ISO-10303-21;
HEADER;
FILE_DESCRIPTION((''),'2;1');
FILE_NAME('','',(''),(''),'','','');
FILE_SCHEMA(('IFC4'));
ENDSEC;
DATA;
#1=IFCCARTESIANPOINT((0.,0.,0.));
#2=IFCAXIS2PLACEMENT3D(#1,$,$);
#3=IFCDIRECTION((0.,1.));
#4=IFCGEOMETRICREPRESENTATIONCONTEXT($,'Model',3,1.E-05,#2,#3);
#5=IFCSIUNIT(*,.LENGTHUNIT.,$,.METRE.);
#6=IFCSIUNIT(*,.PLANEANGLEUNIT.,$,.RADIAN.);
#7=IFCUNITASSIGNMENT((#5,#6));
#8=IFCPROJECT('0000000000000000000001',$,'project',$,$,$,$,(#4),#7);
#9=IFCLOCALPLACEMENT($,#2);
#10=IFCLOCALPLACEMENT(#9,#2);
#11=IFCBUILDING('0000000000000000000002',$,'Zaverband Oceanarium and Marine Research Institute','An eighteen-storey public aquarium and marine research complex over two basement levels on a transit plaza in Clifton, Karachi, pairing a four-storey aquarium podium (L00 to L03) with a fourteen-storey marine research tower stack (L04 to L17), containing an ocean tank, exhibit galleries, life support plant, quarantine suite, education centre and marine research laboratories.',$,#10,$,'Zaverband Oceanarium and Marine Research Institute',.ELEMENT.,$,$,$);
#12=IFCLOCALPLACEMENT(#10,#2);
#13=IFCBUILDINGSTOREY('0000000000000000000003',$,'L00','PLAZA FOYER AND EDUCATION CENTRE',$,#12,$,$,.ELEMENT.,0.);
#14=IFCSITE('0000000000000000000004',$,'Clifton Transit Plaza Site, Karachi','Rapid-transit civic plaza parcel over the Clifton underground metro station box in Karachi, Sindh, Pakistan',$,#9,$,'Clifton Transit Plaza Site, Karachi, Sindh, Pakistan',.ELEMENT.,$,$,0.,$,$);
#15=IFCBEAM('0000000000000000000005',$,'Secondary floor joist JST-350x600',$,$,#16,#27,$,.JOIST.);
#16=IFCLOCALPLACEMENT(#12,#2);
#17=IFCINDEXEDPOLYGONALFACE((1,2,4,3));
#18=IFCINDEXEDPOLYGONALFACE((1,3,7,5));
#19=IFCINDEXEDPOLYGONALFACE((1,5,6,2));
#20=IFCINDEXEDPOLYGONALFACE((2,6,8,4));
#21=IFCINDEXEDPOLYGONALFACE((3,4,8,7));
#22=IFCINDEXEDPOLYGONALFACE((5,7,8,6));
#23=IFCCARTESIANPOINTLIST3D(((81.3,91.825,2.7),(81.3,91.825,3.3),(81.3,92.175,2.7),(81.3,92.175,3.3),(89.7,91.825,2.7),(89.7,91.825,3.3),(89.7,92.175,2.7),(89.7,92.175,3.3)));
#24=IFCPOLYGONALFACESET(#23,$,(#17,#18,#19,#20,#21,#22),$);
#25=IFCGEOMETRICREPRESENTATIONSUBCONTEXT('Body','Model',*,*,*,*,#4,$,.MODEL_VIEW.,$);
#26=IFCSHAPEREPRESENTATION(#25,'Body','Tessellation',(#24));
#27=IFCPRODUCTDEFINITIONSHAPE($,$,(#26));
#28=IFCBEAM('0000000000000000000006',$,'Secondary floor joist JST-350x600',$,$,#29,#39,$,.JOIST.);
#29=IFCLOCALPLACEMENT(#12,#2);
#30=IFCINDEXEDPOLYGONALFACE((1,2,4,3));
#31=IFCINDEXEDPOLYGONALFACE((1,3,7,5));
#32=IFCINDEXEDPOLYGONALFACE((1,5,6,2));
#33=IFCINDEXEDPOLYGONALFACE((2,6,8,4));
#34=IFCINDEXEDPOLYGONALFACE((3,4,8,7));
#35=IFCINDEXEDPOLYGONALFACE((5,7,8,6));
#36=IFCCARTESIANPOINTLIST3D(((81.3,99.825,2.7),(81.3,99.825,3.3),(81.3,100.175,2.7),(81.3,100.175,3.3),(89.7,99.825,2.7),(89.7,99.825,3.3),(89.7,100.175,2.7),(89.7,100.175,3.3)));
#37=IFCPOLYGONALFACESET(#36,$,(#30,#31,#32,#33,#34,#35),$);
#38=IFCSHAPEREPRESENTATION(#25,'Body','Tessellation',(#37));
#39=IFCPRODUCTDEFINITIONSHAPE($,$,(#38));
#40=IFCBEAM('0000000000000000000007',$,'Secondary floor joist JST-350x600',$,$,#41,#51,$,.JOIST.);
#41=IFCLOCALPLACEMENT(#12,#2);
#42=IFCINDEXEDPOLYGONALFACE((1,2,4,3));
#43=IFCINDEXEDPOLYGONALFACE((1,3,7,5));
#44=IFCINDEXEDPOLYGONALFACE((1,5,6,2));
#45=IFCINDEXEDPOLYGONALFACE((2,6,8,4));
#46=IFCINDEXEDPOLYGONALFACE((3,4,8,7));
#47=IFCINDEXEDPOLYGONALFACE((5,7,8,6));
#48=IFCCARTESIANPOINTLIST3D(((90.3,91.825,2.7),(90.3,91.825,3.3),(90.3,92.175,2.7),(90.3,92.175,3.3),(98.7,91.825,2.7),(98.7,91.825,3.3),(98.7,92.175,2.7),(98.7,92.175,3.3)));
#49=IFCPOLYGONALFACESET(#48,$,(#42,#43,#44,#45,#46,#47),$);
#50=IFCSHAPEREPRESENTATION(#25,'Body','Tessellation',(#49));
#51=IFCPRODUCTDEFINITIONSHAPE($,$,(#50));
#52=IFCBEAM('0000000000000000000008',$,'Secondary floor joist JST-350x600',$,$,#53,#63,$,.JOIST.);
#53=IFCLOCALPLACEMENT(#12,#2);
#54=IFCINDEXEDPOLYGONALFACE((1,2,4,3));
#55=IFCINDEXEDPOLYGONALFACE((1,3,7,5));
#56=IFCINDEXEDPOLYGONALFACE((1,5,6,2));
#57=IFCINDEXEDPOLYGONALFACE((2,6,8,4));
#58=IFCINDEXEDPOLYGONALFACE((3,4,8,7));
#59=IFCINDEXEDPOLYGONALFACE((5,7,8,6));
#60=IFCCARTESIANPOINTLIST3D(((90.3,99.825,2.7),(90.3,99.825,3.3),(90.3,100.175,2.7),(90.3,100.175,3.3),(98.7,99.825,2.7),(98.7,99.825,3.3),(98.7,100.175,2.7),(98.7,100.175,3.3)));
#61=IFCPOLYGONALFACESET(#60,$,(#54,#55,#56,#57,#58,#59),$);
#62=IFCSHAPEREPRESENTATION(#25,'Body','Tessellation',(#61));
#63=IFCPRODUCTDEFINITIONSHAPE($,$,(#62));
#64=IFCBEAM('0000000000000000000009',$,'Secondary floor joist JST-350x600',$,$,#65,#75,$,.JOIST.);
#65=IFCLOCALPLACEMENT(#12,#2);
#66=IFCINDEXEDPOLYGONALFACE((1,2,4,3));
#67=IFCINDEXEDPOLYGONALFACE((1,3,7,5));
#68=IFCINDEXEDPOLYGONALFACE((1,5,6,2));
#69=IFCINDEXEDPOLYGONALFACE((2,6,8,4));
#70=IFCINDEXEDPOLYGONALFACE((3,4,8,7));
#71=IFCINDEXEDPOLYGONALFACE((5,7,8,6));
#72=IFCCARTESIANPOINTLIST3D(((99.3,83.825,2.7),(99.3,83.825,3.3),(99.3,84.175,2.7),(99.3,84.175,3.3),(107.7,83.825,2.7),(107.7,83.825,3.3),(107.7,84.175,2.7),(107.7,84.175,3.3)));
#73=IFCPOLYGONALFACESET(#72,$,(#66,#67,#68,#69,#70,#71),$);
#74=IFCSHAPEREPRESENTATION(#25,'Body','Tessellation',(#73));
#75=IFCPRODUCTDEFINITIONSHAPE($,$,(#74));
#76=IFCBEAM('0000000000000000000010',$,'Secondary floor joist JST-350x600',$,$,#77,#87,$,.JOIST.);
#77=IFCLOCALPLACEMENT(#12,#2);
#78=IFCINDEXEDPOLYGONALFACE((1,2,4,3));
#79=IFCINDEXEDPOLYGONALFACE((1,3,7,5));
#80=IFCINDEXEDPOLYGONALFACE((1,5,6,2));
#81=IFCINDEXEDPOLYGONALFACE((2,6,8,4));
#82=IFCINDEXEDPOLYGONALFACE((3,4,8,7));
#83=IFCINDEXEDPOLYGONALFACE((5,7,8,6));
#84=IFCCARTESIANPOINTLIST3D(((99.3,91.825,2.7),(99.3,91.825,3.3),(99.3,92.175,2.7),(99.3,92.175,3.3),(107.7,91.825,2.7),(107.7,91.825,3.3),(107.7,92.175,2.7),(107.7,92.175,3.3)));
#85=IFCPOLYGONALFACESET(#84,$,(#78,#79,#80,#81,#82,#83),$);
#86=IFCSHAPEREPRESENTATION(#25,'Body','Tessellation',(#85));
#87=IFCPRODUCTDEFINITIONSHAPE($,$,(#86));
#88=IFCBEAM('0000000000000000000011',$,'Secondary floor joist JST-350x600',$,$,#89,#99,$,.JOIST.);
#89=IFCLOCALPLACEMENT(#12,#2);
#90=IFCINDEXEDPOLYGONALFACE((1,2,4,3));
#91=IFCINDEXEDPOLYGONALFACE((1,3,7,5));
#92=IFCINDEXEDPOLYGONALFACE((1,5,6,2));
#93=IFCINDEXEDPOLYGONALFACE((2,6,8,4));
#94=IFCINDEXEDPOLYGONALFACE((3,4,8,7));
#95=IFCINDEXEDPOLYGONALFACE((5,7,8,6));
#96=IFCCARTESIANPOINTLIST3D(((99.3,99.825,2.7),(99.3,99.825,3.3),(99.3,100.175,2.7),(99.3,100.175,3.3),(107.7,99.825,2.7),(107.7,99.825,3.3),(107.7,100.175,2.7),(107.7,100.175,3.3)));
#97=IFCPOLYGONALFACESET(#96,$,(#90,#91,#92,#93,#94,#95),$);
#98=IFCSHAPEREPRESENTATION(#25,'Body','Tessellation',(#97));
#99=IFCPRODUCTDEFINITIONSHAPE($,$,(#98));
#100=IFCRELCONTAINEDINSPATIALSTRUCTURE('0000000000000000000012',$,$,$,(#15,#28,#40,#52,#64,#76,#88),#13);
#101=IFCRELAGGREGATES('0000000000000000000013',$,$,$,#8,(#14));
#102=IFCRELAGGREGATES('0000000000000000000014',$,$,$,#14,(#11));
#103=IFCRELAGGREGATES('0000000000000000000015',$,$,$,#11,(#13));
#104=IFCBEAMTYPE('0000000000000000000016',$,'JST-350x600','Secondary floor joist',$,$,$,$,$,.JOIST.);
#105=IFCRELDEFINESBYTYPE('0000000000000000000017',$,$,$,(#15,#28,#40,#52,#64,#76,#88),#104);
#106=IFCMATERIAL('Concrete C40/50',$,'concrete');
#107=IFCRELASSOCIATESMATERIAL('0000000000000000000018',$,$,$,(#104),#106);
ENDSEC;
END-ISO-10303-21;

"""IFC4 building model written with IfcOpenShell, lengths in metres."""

from ifc_helpers import new_model, si_unit, direction, frame, origin, origin_2d, place, context, subcontext, project, spatial, rectangle, extrude, material, material_profile, profile_set, type_object, element, save


model = new_model("IFC4")

# Units and contexts
model_context = context("Model", 3, precision=1e-05, world=origin(), true_north=direction((0.0, 1.0)))
body_context = subcontext(model_context, "Body", "Model", "MODEL_VIEW")
ifc_project = project(units=[si_unit("LENGTHUNIT", "METRE"), si_unit("PLANEANGLEUNIT", "RADIAN")], contexts=[model_context])

# Site, building, storey
site_placement = place(None, origin())
site = spatial("IfcSite", under=ifc_project, at=site_placement, Name="Clifton Transit Plaza Site, Karachi", Description="Rapid-transit civic plaza parcel over the Clifton underground metro station box in Karachi, Sindh, Pakistan", LongName="Clifton Transit Plaza Site, Karachi, Sindh, Pakistan", CompositionType="ELEMENT", RefElevation=0.0)
building_placement = place(site_placement, origin())
building = spatial("IfcBuilding", under=site, at=building_placement, Name="Zaverband Oceanarium and Marine Research Institute", Description="An eighteen-storey public aquarium and marine research complex over two basement levels on a transit plaza in Clifton, Karachi, pairing a four-storey aquarium podium (L00 to L03) with a fourteen-storey marine research tower stack (L04 to L17), containing an ocean tank, exhibit galleries, life support plant, quarantine suite, education centre and marine research laboratories.", LongName="Zaverband Oceanarium and Marine Research Institute", CompositionType="ELEMENT")
storey_placement = place(building_placement, origin())
storey = spatial("IfcBuildingStorey", under=building, at=storey_placement, Name="L00", Description="PLAZA FOYER AND EDUCATION CENTRE", CompositionType="ELEMENT", Elevation=0.0)

# Beams
ifc_material_1 = material(Name="Concrete C40/50", Category="concrete")
ifc_material_profile_1 = material_profile(ifc_material_1, rectangle(XDim=0.3501, YDim=0.6001, at=origin_2d()), Name="RC350x600")
ifc_profile_set_1 = profile_set([ifc_material_profile_1], Name="Concrete C40/50")
beam_type_1 = type_object("IfcBeamType", Name="JST-350x600", Description="Secondary floor joist", PredefinedType="JOIST", material=ifc_profile_set_1)
for number, where, z_axis, x_axis, name in (
    (1, (81.3, 92.0, 3.0), (1.0, 0.0, 0.0), (0.0, 1.0, 0.0), "Secondary floor joist JST-350x600"),
    (2, (81.3, 100.0, 3.0), (1.0, 0.0, 0.0), (0.0, 1.0, 0.0), "Secondary floor joist JST-350x600"),
    (3, (90.3, 92.0, 3.0), (1.0, 0.0, 0.0), (0.0, 1.0, 0.0), "Secondary floor joist JST-350x600"),
    (4, (90.3, 100.0, 3.0), (1.0, 0.0, 0.0), (0.0, 1.0, 0.0), "Secondary floor joist JST-350x600"),
    (5, (99.3, 84.0, 3.0), (1.0, 0.0, 0.0), (0.0, 1.0, 0.0), "Secondary floor joist JST-350x600"),
    (6, (99.3, 92.0, 3.0), (1.0, 0.0, 0.0), (0.0, 1.0, 0.0), "Secondary floor joist JST-350x600"),
    (7, (99.3, 100.0, 3.0), (1.0, 0.0, 0.0), (0.0, 1.0, 0.0), "Secondary floor joist JST-350x600"),
):
    element("IfcBeam", number, at=place(storey_placement, frame(where, z_axis=z_axis, x_axis=x_axis)), inside=storey, type_object=beam_type_1, Name=name, PredefinedType="JOIST", context=body_context, shape_type="SweptSolid", body=[
        extrude(rectangle(XDim=0.3501, YDim=0.6001, at=origin_2d()), origin(), (0.0, 0.0, 1.0), 8.3999),
    ])

save(model, "model.ifc")
